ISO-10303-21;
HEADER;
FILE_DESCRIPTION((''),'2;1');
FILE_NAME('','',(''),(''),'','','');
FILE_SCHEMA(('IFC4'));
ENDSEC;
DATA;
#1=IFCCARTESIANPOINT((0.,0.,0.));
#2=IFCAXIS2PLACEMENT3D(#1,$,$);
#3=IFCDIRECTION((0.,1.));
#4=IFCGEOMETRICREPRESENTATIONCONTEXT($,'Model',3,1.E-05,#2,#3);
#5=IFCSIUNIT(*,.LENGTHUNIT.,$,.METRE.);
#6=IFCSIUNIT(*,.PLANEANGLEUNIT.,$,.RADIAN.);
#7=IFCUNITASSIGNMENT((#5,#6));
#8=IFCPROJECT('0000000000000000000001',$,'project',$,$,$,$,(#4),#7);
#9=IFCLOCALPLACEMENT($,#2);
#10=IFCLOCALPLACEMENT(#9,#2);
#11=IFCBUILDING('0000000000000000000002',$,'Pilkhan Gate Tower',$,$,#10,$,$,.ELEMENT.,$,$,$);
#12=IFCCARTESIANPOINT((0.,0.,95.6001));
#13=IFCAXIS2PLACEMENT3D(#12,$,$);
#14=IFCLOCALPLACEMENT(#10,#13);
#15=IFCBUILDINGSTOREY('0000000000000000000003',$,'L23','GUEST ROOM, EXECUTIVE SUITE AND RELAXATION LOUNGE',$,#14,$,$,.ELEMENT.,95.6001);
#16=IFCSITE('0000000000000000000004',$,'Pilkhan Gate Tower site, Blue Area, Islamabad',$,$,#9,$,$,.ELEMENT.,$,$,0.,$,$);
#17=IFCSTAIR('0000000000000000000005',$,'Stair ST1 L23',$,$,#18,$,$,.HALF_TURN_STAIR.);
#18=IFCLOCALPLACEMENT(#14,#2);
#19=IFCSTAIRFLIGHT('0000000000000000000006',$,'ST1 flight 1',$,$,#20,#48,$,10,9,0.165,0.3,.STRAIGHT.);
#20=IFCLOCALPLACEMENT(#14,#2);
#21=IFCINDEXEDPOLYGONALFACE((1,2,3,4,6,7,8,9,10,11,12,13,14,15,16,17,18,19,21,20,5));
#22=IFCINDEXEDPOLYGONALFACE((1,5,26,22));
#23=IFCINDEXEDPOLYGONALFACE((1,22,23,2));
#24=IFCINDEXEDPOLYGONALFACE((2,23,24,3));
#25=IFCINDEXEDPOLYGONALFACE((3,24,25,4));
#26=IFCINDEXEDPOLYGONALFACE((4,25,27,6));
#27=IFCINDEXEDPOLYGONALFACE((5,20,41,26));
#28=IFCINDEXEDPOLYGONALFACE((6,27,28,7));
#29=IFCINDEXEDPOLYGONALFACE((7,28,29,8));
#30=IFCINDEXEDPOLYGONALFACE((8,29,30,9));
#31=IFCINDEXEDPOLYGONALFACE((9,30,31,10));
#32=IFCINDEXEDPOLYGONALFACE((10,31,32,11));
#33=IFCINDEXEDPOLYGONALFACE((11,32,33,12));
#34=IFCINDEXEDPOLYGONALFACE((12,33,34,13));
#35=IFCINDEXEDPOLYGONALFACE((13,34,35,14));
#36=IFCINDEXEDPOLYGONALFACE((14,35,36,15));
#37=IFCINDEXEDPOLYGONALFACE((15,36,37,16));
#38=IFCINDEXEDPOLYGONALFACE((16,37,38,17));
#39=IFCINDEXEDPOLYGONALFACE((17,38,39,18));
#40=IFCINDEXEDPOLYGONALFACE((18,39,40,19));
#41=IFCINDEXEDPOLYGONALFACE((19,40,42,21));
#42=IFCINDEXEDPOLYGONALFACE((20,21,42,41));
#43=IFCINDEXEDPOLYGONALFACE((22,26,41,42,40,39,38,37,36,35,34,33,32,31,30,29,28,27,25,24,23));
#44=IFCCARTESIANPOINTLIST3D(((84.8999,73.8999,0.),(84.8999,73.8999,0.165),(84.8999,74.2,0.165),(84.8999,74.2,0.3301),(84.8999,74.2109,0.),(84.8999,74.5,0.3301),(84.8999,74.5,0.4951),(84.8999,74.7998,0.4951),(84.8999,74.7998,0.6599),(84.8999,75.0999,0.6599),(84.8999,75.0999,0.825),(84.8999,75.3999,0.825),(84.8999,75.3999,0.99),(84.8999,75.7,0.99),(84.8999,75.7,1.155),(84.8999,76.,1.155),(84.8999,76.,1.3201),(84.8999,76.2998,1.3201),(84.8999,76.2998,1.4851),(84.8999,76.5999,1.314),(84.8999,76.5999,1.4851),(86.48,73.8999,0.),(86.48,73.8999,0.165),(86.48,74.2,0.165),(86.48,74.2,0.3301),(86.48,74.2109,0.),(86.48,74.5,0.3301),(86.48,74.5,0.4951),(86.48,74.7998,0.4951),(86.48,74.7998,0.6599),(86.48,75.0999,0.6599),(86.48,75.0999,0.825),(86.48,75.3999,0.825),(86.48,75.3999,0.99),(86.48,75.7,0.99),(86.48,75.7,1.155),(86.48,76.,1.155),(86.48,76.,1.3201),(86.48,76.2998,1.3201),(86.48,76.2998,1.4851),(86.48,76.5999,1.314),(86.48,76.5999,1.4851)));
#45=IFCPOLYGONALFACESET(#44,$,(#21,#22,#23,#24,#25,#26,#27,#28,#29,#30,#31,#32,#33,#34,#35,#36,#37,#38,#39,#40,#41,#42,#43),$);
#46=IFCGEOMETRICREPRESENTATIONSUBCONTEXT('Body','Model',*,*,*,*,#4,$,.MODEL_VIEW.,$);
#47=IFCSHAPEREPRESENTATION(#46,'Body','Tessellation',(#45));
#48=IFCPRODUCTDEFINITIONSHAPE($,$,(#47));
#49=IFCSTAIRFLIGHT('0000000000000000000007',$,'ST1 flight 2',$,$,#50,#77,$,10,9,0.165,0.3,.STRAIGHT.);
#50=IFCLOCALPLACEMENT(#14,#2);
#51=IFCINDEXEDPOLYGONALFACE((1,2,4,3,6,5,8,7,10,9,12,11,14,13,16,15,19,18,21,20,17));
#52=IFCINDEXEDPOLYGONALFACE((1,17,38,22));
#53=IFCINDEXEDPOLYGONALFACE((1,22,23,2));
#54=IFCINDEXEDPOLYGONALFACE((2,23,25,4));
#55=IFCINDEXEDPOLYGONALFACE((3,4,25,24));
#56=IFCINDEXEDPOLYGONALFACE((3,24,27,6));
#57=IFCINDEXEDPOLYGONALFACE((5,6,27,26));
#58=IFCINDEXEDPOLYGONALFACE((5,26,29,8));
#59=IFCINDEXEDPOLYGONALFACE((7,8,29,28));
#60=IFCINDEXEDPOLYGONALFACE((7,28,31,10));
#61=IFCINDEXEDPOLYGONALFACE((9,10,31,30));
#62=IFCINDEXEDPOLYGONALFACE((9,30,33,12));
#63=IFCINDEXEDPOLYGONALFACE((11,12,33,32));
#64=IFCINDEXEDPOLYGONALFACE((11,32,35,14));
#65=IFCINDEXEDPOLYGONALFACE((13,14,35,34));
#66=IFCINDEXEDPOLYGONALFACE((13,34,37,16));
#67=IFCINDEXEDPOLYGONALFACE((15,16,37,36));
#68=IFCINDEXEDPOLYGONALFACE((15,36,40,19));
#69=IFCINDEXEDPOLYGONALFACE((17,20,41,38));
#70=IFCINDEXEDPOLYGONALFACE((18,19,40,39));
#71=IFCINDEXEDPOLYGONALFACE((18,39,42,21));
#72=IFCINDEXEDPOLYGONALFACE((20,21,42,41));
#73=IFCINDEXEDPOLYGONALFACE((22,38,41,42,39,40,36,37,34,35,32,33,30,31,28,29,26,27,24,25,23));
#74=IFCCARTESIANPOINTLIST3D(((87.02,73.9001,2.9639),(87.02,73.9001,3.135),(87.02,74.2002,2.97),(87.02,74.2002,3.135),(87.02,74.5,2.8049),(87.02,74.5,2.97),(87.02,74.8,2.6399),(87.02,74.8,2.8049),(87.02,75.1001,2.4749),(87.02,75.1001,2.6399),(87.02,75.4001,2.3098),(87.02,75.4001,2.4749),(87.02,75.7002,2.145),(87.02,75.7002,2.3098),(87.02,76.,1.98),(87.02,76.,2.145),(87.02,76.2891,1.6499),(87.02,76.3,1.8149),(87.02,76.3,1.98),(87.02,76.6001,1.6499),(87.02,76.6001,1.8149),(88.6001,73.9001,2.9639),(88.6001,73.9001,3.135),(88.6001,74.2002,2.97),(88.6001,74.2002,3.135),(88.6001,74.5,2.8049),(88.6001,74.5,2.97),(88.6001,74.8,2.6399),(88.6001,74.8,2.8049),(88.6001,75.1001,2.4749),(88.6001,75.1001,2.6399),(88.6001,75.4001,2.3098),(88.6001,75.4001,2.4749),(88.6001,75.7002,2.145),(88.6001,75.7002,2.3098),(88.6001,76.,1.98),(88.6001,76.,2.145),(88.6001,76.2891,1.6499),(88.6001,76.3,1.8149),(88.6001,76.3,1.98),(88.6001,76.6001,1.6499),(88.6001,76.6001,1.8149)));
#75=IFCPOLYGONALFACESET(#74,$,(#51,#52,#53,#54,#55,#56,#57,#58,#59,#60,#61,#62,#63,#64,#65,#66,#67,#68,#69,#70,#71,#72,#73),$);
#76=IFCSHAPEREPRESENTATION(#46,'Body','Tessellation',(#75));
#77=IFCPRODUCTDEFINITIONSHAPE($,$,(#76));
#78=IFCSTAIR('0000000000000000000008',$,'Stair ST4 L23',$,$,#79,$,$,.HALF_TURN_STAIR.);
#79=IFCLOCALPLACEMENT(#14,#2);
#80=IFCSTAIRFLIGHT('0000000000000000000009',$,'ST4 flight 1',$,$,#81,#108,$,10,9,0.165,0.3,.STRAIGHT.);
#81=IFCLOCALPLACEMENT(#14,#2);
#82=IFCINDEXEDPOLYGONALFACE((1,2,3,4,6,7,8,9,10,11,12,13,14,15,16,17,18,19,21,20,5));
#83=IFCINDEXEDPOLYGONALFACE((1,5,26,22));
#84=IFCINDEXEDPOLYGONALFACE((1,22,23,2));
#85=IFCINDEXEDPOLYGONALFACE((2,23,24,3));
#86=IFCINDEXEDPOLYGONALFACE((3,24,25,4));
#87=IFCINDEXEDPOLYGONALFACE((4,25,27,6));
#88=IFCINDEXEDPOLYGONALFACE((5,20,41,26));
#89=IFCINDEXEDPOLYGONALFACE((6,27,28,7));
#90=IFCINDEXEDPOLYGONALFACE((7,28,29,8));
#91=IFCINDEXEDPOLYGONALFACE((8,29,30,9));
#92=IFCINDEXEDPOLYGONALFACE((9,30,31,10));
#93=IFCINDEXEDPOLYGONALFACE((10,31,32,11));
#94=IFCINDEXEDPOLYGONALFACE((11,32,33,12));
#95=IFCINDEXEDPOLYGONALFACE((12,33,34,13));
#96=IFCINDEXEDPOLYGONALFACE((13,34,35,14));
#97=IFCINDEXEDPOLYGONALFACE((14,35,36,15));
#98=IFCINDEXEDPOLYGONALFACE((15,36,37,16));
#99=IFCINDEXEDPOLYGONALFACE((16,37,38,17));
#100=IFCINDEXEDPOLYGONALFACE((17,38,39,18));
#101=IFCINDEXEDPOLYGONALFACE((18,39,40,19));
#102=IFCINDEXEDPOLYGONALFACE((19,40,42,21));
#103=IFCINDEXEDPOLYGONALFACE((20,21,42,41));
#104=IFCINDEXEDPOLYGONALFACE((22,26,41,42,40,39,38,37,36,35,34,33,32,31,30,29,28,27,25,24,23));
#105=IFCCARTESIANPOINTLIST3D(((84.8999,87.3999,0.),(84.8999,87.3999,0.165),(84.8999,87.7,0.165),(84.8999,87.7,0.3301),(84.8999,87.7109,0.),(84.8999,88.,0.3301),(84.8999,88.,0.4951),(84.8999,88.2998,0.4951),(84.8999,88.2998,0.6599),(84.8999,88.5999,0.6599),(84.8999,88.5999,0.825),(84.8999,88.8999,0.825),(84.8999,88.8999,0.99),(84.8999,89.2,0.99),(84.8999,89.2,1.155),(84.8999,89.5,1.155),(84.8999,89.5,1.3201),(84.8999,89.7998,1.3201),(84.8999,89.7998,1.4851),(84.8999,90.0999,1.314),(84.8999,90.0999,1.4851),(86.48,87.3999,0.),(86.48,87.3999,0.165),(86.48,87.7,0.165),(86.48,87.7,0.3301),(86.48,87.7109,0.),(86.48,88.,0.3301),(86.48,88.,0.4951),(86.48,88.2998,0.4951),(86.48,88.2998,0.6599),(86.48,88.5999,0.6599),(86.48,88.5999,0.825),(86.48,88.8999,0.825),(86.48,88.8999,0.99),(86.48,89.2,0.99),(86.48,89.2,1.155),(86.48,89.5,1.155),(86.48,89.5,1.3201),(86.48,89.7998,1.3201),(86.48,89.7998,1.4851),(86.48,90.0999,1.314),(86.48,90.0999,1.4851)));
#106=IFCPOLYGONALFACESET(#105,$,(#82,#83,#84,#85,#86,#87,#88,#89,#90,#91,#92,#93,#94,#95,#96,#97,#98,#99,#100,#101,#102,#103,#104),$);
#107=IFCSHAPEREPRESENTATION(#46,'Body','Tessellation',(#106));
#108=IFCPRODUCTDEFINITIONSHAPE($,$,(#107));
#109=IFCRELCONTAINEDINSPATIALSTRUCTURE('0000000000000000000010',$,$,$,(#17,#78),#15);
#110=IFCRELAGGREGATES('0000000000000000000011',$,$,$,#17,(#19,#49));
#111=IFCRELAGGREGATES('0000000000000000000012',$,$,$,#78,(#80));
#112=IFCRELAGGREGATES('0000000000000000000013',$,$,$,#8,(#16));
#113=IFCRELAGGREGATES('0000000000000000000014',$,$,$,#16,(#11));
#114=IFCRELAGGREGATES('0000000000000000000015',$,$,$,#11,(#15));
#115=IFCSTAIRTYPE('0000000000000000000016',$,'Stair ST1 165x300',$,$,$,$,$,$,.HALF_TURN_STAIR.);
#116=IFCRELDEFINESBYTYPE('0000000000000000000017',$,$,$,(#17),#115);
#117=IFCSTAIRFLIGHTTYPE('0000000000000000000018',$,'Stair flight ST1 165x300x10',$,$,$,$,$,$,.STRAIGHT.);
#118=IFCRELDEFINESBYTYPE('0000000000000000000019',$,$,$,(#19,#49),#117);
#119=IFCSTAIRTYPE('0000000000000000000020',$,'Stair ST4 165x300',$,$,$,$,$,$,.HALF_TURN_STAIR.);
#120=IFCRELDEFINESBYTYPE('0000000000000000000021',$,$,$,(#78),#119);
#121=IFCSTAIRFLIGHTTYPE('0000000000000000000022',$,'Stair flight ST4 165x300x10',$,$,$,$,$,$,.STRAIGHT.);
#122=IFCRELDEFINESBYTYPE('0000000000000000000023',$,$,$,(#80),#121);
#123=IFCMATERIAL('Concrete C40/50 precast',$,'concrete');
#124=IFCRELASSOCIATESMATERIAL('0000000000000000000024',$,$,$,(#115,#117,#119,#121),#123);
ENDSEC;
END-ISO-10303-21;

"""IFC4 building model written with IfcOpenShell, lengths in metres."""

from ifc_helpers import new_model, si_unit, direction, frame, origin, place, context, subcontext, project, spatial, polyline, outline, extrude, material, type_object, element, aggregate, save


model = new_model("IFC4")

# Units and contexts
model_context = context("Model", 3, precision=1e-05, world=origin(), true_north=direction((0.0, 1.0)))
body_context = subcontext(model_context, "Body", "Model", "MODEL_VIEW")
ifc_project = project(units=[si_unit("LENGTHUNIT", "METRE"), si_unit("PLANEANGLEUNIT", "RADIAN")], contexts=[model_context])

# Site, building, storey
site_placement = place(None, origin())
site = spatial("IfcSite", under=ifc_project, at=site_placement, Name="Pilkhan Gate Tower site, Blue Area, Islamabad", CompositionType="ELEMENT", RefElevation=0.0)
building_placement = place(site_placement, origin())
building = spatial("IfcBuilding", under=site, at=building_placement, Name="Pilkhan Gate Tower", CompositionType="ELEMENT")
storey_placement = place(building_placement, frame((0.0, 0.0, 95.6001)))
storey = spatial("IfcBuildingStorey", under=building, at=storey_placement, Name="L23", Description="GUEST ROOM, EXECUTIVE SUITE AND RELAXATION LOUNGE", CompositionType="ELEMENT", Elevation=95.6001)

# Stair, stair flights
ifc_material_1 = material(Name="Concrete C40/50 precast", Category="concrete")
stair_type_1 = type_object("IfcStairType", Name="Stair ST1 165x300", PredefinedType="HALF_TURN_STAIR", material=ifc_material_1)
stair_1_placement = place(storey_placement, origin())
stair_1 = element("IfcStair", 1, at=stair_1_placement, inside=storey, type_object=stair_type_1, Name="Stair ST1 L23", PredefinedType="HALF_TURN_STAIR")
stair_flight_type_1 = type_object("IfcStairFlightType", Name="Stair flight ST1 165x300x10", PredefinedType="STRAIGHT", material=ifc_material_1)
stair_flight_1_placement = place(storey_placement, frame((85.6899, 73.8999, 0.0), z_axis=(0.0, 0.0, 1.0), x_axis=(0.0, 1.0, 0.0)))
stair_flight_1 = element("IfcStairFlight", 2, at=stair_flight_1_placement, type_object=stair_flight_type_1, Name="ST1 flight 1", NumberOfRisers=10, NumberOfTreads=9, PredefinedType="STRAIGHT", RiserHeight=0.165, TreadLength=0.3, context=body_context, shape_type="SweptSolid", body=[
    extrude(outline(polyline([(0.0, 0.0), (0.0, 0.165), (0.3, 0.165), (0.3, 0.3301), (0.6001, 0.3301), (0.6001, 0.4951), (0.8999, 0.4951), (0.8999, 0.6599), (1.2, 0.6599), (1.2, 0.825), (1.5, 0.825), (1.5, 0.99), (1.8, 0.99), (1.8, 1.155), (2.1001, 1.155), (2.1001, 1.3201), (2.3999, 1.3201), (2.3999, 1.4851), (2.7, 1.4851), (2.7, 1.6499), (2.7, 1.314), (0.311, 0.0), (0.0, 0.0)])), frame((0.0, 0.79, 0.0), z_axis=(0.0, -1.0, 0.0), x_axis=(1.0, 0.0, 0.0)), (0.0, 0.0, 1.0), 1.5801),
])
stair_flight_2_placement = place(storey_placement, frame((87.8101, 76.6001, 1.6499), z_axis=(0.0, 0.0, 1.0), x_axis=(0.0, -1.0, 0.0)))
stair_flight_2 = element("IfcStairFlight", 3, at=stair_flight_2_placement, type_object=stair_flight_type_1, Name="ST1 flight 2", NumberOfRisers=10, NumberOfTreads=9, PredefinedType="STRAIGHT", RiserHeight=0.165, TreadLength=0.3, context=body_context, shape_type="SweptSolid", body=[
    extrude(outline(polyline([(0.0, 0.0), (0.0, 0.165), (0.3, 0.165), (0.3, 0.3301), (0.6001, 0.3301), (0.6001, 0.4951), (0.8999, 0.4951), (0.8999, 0.6599), (1.2, 0.6599), (1.2, 0.825), (1.5, 0.825), (1.5, 0.99), (1.8, 0.99), (1.8, 1.155), (2.1001, 1.155), (2.1001, 1.3201), (2.3999, 1.3201), (2.3999, 1.4851), (2.7, 1.4851), (2.7, 1.6499), (2.7, 1.314), (0.311, 0.0), (0.0, 0.0)])), frame((0.0, 0.79, 0.0), z_axis=(0.0, -1.0, 0.0), x_axis=(1.0, 0.0, 0.0)), (0.0, 0.0, 1.0), 1.5801),
])
aggregate(stair_1, [stair_flight_1, stair_flight_2])

# Stair, stair flight
stair_type_2 = type_object("IfcStairType", Name="Stair ST4 165x300", PredefinedType="HALF_TURN_STAIR", material=ifc_material_1)
stair_2_placement = place(storey_placement, origin())
stair_2 = element("IfcStair", 4, at=stair_2_placement, inside=storey, type_object=stair_type_2, Name="Stair ST4 L23", PredefinedType="HALF_TURN_STAIR")
stair_flight_type_2 = type_object("IfcStairFlightType", Name="Stair flight ST4 165x300x10", PredefinedType="STRAIGHT", material=ifc_material_1)
stair_flight_3_placement = place(storey_placement, frame((85.6899, 87.3999, 0.0), z_axis=(0.0, 0.0, 1.0), x_axis=(0.0, 1.0, 0.0)))
stair_flight_3 = element("IfcStairFlight", 5, at=stair_flight_3_placement, type_object=stair_flight_type_2, Name="ST4 flight 1", NumberOfRisers=10, NumberOfTreads=9, PredefinedType="STRAIGHT", RiserHeight=0.165, TreadLength=0.3, context=body_context, shape_type="SweptSolid", body=[
    extrude(outline(polyline([(0.0, 0.0), (0.0, 0.165), (0.3, 0.165), (0.3, 0.3301), (0.6001, 0.3301), (0.6001, 0.4951), (0.8999, 0.4951), (0.8999, 0.6599), (1.2, 0.6599), (1.2, 0.825), (1.5, 0.825), (1.5, 0.99), (1.8, 0.99), (1.8, 1.155), (2.1001, 1.155), (2.1001, 1.3201), (2.3999, 1.3201), (2.3999, 1.4851), (2.7, 1.4851), (2.7, 1.6499), (2.7, 1.314), (0.311, 0.0), (0.0, 0.0)])), frame((0.0, 0.79, 0.0), z_axis=(0.0, -1.0, 0.0), x_axis=(1.0, 0.0, 0.0)), (0.0, 0.0, 1.0), 1.5801),
])
aggregate(stair_2, [stair_flight_3])

save(model, "model.ifc")
